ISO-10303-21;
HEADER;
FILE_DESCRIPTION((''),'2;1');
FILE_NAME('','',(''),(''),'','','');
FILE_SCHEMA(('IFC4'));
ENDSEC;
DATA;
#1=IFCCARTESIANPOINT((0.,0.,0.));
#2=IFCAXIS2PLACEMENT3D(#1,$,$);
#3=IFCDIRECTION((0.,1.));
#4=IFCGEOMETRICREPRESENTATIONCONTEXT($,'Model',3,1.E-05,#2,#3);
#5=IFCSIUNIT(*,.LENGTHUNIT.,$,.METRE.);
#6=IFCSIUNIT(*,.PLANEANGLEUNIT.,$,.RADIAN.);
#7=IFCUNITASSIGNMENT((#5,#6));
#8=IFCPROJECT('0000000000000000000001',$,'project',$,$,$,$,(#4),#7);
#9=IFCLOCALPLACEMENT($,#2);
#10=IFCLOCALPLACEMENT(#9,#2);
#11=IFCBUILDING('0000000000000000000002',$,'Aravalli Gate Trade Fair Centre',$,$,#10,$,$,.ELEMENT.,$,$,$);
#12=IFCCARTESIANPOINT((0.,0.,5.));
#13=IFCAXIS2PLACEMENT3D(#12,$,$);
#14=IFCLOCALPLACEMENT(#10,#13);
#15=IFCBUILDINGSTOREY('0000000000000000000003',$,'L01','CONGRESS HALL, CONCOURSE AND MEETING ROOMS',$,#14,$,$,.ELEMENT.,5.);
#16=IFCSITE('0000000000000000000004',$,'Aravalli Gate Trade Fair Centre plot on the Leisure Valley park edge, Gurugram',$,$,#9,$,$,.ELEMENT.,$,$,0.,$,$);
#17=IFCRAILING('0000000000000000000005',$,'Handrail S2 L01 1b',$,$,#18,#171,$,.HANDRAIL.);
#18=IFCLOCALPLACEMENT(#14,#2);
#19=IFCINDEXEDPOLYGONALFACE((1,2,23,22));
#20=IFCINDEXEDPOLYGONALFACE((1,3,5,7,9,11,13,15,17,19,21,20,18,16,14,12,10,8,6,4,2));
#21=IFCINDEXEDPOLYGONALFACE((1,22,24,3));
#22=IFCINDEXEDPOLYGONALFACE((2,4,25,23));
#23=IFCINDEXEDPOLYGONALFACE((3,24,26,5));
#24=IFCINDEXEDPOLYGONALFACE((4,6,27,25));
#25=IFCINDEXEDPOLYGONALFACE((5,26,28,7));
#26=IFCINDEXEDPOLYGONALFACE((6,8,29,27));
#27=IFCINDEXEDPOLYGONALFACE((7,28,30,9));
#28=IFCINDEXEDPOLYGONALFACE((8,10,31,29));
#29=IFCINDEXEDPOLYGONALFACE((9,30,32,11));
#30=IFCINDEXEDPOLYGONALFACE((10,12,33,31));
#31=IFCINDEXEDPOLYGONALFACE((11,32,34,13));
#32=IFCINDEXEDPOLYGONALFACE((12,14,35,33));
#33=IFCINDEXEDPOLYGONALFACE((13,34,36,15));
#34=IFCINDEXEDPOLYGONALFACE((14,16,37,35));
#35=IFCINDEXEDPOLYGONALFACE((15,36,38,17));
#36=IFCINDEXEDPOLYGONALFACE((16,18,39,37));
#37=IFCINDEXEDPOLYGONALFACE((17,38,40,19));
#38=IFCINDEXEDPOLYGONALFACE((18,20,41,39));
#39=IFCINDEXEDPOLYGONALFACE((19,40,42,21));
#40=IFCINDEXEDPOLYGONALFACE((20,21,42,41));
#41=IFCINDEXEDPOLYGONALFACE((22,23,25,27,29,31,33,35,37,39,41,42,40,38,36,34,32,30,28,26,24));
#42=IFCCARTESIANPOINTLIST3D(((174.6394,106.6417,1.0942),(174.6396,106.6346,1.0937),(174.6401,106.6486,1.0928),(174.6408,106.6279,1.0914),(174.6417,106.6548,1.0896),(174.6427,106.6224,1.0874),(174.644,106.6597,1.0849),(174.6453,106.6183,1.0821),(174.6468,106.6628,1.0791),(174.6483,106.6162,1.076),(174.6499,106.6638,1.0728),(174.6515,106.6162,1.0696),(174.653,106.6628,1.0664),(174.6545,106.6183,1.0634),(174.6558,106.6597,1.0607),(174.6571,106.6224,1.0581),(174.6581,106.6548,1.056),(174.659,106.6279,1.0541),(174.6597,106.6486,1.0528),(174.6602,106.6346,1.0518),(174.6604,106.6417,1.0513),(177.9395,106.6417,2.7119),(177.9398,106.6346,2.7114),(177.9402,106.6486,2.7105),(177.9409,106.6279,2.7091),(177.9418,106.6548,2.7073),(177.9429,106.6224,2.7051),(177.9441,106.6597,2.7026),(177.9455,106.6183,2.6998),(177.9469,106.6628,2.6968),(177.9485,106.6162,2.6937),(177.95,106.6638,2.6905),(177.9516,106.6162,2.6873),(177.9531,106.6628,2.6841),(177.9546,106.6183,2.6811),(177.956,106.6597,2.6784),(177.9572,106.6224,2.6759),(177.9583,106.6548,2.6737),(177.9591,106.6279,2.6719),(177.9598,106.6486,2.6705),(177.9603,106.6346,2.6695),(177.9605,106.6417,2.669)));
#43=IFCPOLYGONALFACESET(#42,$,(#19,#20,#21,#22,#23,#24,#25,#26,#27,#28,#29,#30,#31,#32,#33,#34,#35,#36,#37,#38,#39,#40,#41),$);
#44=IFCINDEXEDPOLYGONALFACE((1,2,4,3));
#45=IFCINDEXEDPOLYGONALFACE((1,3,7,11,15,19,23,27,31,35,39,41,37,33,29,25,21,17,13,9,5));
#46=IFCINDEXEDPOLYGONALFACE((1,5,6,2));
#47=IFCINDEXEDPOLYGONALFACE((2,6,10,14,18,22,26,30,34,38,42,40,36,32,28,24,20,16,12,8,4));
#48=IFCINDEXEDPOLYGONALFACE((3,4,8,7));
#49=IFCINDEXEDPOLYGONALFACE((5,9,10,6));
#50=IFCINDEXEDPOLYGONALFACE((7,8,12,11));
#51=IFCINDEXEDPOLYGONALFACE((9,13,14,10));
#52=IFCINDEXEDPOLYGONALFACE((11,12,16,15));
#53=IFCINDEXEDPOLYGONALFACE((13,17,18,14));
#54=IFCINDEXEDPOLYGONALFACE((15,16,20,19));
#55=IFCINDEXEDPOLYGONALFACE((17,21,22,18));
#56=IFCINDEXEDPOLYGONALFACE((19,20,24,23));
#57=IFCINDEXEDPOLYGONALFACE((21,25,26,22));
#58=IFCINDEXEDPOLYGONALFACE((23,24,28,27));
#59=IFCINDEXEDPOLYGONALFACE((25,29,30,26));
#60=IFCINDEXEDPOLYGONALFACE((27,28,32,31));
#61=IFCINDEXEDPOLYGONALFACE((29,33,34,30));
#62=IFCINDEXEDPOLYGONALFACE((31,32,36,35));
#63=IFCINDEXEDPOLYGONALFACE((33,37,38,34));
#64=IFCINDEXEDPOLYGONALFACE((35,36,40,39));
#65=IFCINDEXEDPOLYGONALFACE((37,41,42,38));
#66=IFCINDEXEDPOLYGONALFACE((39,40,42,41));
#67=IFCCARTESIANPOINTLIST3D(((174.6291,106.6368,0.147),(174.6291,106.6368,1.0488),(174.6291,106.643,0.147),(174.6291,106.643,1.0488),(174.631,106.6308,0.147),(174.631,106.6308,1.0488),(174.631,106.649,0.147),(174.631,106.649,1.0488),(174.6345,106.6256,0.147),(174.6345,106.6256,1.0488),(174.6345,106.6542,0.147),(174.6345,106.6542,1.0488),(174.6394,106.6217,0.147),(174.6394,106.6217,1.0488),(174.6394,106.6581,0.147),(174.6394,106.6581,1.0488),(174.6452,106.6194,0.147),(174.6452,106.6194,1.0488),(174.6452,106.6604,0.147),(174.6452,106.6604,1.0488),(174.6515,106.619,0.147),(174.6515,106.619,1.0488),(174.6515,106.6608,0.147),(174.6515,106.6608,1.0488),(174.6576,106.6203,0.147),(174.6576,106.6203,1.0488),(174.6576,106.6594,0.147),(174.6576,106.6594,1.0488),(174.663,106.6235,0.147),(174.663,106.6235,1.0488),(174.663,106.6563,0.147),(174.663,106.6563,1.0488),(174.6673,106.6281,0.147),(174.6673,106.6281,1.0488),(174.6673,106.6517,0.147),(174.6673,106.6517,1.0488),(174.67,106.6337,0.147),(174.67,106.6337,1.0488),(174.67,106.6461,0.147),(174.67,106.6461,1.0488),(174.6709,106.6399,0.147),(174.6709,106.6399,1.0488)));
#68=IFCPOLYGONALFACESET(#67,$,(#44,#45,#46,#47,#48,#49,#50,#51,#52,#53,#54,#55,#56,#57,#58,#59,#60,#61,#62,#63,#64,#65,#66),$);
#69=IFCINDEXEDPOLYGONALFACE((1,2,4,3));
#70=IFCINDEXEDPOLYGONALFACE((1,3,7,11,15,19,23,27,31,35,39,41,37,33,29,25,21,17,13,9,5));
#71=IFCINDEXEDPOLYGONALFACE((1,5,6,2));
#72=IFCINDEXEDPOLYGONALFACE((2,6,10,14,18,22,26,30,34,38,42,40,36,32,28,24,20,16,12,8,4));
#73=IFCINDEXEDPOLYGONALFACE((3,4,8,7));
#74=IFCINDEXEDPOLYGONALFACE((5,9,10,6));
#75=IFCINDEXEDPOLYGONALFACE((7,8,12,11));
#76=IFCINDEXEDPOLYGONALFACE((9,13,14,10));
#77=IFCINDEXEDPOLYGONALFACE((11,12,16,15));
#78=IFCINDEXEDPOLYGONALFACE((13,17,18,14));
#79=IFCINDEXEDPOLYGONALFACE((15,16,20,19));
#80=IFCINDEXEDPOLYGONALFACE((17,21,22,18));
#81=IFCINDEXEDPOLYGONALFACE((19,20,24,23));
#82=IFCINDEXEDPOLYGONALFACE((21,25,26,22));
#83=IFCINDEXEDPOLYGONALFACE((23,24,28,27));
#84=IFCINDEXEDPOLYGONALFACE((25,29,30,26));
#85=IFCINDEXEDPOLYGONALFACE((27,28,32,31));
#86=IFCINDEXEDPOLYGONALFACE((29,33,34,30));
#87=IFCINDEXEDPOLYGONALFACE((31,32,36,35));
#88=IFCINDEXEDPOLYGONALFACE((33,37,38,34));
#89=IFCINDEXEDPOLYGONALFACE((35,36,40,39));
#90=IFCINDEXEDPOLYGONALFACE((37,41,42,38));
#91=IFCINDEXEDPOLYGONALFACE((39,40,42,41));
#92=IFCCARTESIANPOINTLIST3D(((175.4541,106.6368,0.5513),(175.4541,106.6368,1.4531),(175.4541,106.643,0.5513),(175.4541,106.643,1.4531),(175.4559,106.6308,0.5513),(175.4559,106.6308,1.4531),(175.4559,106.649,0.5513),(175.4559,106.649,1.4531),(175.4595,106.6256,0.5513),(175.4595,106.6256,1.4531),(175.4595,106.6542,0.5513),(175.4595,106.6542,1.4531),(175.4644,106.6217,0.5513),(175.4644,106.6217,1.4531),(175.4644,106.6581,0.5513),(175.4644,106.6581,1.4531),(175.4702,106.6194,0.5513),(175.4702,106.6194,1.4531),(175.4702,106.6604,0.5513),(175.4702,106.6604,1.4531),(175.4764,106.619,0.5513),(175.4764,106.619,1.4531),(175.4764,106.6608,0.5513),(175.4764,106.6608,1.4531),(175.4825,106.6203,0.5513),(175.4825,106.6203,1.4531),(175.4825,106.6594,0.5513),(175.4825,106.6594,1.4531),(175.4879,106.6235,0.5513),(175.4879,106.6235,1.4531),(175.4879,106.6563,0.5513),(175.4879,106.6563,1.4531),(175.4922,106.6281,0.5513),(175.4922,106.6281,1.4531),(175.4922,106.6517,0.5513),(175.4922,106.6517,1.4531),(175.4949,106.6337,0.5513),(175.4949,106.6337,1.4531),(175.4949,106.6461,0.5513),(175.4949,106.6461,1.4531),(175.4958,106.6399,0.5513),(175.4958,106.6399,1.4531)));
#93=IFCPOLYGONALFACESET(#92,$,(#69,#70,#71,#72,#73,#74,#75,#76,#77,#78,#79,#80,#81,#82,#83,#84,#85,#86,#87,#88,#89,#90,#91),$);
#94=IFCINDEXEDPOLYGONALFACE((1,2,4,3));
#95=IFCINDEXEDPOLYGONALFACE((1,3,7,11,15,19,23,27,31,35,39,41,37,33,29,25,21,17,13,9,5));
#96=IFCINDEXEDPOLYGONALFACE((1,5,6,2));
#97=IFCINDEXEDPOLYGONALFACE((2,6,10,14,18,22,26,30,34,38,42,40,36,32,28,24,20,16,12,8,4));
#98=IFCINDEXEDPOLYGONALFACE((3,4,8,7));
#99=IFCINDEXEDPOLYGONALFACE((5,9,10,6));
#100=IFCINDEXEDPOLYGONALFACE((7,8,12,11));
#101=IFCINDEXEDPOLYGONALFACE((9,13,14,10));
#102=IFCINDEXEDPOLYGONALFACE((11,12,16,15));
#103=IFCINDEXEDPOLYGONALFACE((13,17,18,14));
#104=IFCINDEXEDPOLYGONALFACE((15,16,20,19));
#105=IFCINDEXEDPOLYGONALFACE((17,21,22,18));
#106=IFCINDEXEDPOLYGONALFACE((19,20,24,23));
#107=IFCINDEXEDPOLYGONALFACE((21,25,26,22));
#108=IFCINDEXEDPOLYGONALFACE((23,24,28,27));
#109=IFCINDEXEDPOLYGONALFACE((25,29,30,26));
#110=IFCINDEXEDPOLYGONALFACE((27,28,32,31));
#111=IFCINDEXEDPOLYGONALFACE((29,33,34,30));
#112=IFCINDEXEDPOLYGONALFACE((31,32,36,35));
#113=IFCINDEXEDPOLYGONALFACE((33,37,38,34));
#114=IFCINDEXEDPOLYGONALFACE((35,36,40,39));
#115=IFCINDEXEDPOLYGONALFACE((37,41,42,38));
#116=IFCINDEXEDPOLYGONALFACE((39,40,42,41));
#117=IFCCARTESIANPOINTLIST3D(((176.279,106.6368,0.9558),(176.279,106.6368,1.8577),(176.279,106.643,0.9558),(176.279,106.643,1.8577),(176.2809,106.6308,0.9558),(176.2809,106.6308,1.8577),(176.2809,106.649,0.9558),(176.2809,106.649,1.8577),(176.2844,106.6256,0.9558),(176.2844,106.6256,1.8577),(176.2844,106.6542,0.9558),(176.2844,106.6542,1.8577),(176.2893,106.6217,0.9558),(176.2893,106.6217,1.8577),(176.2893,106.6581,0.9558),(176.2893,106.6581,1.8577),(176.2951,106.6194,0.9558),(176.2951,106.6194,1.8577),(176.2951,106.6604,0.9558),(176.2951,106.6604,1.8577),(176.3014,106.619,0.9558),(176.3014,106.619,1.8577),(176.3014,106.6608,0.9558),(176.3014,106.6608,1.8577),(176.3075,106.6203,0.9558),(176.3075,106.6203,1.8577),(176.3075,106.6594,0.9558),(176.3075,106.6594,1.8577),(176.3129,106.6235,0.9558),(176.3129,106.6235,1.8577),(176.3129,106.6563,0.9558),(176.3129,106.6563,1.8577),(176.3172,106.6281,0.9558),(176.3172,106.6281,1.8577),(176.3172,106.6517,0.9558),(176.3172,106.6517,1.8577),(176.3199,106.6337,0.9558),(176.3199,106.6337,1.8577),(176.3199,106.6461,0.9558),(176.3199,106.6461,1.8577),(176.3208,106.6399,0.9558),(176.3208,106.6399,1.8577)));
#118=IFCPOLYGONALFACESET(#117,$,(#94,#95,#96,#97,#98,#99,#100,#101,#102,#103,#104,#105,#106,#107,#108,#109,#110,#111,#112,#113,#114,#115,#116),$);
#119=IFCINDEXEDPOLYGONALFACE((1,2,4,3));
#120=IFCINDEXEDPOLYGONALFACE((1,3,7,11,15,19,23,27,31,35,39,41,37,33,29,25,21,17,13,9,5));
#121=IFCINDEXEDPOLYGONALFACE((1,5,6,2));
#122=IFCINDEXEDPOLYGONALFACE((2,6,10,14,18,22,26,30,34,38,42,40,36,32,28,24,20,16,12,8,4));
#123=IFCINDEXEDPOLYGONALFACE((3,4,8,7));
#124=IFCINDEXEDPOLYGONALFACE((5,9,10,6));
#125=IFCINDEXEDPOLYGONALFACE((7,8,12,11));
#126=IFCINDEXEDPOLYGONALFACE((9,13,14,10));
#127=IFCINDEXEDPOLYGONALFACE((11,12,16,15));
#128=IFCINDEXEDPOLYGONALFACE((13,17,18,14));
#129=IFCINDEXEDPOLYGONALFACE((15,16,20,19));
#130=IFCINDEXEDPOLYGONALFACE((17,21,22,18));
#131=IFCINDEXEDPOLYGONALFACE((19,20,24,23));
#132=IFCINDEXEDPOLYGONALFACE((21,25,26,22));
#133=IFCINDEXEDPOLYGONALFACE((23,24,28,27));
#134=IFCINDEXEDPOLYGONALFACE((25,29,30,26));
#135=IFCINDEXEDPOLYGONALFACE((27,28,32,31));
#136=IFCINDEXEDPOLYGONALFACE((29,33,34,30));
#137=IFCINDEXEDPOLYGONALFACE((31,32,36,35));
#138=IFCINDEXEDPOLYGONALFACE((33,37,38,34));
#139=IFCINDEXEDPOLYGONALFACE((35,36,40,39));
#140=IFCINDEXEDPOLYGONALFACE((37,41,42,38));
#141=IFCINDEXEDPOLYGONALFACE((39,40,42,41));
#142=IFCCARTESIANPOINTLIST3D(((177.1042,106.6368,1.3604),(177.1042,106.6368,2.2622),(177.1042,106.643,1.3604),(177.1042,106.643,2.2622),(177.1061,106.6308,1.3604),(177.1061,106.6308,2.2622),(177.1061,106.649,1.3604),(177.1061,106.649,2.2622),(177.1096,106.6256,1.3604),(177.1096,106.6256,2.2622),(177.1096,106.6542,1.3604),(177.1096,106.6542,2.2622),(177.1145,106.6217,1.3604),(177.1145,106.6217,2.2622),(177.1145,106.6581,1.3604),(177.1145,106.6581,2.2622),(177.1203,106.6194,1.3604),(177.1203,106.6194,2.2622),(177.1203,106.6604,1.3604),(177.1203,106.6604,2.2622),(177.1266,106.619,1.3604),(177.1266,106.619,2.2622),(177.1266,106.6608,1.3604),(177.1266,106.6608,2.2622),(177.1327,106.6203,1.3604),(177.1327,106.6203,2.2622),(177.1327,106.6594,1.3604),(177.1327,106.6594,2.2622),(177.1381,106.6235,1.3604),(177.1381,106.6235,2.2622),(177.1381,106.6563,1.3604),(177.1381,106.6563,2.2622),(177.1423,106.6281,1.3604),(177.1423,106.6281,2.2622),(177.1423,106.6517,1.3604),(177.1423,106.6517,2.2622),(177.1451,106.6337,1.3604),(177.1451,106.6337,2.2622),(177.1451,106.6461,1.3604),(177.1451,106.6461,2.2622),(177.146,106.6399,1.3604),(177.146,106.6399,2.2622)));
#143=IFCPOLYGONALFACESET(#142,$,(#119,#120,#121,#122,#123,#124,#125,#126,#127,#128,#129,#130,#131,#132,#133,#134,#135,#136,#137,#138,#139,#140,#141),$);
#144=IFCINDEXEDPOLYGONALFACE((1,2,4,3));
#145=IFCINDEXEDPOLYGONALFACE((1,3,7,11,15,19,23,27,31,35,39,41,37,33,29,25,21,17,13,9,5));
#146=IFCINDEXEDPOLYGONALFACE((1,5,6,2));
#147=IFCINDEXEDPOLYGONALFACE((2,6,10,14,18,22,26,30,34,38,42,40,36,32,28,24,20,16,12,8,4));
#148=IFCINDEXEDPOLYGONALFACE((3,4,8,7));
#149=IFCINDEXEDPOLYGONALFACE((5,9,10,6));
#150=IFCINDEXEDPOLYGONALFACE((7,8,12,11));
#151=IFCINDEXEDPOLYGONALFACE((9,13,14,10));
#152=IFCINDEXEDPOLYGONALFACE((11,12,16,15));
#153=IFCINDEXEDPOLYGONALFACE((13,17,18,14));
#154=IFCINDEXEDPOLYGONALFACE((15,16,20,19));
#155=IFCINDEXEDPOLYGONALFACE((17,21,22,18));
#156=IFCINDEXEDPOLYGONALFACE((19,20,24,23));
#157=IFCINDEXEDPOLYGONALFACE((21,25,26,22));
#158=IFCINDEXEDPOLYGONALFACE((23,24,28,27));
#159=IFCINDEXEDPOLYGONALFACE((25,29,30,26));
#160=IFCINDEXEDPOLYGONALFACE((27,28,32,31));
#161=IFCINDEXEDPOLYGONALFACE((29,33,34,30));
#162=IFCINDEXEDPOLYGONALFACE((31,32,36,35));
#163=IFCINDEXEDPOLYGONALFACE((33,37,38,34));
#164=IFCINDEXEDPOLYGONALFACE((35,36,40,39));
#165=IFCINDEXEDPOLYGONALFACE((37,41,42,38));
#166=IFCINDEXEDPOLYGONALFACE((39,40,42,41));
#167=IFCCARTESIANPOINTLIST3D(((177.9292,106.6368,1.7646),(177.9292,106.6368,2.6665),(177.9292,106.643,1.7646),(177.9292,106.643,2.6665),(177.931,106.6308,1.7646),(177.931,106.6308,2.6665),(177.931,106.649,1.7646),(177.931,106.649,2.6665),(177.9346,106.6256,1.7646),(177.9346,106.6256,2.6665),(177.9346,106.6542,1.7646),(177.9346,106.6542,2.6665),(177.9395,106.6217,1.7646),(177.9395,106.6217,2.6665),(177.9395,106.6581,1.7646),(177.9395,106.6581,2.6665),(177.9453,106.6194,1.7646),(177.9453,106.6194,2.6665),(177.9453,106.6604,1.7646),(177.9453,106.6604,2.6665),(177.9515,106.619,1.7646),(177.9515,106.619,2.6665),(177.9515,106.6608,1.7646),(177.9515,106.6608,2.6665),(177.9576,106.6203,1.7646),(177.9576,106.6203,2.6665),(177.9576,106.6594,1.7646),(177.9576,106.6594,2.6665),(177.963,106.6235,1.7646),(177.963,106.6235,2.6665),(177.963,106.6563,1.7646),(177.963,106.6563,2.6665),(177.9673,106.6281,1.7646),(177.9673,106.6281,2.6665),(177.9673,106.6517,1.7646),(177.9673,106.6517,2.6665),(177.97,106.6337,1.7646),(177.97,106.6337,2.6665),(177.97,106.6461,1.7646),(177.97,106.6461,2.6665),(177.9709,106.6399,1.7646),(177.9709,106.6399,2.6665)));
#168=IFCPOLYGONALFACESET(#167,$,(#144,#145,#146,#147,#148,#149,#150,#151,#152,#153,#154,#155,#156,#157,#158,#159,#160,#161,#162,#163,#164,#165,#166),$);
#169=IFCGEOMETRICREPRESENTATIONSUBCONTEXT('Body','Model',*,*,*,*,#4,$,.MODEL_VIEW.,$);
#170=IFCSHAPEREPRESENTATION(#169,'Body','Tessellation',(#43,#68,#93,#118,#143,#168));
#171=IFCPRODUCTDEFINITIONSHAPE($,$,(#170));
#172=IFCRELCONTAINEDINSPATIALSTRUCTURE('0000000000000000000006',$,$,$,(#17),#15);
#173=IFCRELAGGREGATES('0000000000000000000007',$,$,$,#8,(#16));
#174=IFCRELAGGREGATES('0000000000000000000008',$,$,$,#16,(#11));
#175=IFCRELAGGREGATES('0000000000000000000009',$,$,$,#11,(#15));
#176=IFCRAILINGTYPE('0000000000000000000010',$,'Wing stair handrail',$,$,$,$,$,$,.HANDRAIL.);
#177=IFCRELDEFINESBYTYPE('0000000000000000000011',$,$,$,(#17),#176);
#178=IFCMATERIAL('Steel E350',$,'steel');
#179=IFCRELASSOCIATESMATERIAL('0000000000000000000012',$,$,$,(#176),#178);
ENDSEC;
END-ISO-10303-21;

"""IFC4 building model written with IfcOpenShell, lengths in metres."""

from ifc_helpers import new_model, si_unit, direction, frame, origin, origin_2d, place, context, subcontext, project, spatial, circle, extrude, material, type_object, element, save


model = new_model("IFC4")

# Units and contexts
model_context = context("Model", 3, precision=1e-05, world=origin(), true_north=direction((0.0, 1.0)))
body_context = subcontext(model_context, "Body", "Model", "MODEL_VIEW")
ifc_project = project(units=[si_unit("LENGTHUNIT", "METRE"), si_unit("PLANEANGLEUNIT", "RADIAN")], contexts=[model_context])

# Site, building, storey
site_placement = place(None, origin())
site = spatial("IfcSite", under=ifc_project, at=site_placement, Name="Aravalli Gate Trade Fair Centre plot on the Leisure Valley park edge, Gurugram", CompositionType="ELEMENT", RefElevation=0.0)
building_placement = place(site_placement, origin())
building = spatial("IfcBuilding", under=site, at=building_placement, Name="Aravalli Gate Trade Fair Centre", CompositionType="ELEMENT")
storey_placement = place(building_placement, frame((0.0, 0.0, 5.0)))
storey = spatial("IfcBuildingStorey", under=building, at=storey_placement, Name="L01", Description="CONGRESS HALL, CONCOURSE AND MEETING ROOMS", CompositionType="ELEMENT", Elevation=5.0)

# Railing
ifc_material_1 = material(Name="Steel E350", Category="steel")
railing_type_1 = type_object("IfcRailingType", Name="Wing stair handrail", PredefinedType="HANDRAIL", material=ifc_material_1)
for number, where, name in (
    (1, (174.6499, 106.6399, 0.147), "Handrail S2 L01 1b"),
):
    element("IfcRailing", number, at=place(storey_placement, frame(where)), inside=storey, type_object=railing_type_1, Name=name, PredefinedType="HANDRAIL", context=body_context, shape_type="SweptSolid", body=[
        extrude(circle(Radius=0.0239, at=origin_2d()), frame((0.0, 0.0, 0.9258), z_axis=(0.89792, 0.0, 0.440158), x_axis=(0.0, 1.0, 0.0)), (0.0, 0.0, 1.0), 3.6753),
        extrude(circle(Radius=0.021, at=origin_2d()), origin(), (0.0, 0.0, 1.0), 0.9019),
        extrude(circle(Radius=0.021, at=origin_2d()), frame((0.825, 0.0, 0.4043)), (0.0, 0.0, 1.0), 0.9019),
        extrude(circle(Radius=0.021, at=origin_2d()), frame((1.6499, 0.0, 0.8088)), (0.0, 0.0, 1.0), 0.9019),
        extrude(circle(Radius=0.021, at=origin_2d()), frame((2.4751, 0.0, 1.2134)), (0.0, 0.0, 1.0), 0.9019),
        extrude(circle(Radius=0.021, at=origin_2d()), frame((3.3, 0.0, 1.6177)), (0.0, 0.0, 1.0), 0.9019),
    ])

save(model, "model.ifc")
